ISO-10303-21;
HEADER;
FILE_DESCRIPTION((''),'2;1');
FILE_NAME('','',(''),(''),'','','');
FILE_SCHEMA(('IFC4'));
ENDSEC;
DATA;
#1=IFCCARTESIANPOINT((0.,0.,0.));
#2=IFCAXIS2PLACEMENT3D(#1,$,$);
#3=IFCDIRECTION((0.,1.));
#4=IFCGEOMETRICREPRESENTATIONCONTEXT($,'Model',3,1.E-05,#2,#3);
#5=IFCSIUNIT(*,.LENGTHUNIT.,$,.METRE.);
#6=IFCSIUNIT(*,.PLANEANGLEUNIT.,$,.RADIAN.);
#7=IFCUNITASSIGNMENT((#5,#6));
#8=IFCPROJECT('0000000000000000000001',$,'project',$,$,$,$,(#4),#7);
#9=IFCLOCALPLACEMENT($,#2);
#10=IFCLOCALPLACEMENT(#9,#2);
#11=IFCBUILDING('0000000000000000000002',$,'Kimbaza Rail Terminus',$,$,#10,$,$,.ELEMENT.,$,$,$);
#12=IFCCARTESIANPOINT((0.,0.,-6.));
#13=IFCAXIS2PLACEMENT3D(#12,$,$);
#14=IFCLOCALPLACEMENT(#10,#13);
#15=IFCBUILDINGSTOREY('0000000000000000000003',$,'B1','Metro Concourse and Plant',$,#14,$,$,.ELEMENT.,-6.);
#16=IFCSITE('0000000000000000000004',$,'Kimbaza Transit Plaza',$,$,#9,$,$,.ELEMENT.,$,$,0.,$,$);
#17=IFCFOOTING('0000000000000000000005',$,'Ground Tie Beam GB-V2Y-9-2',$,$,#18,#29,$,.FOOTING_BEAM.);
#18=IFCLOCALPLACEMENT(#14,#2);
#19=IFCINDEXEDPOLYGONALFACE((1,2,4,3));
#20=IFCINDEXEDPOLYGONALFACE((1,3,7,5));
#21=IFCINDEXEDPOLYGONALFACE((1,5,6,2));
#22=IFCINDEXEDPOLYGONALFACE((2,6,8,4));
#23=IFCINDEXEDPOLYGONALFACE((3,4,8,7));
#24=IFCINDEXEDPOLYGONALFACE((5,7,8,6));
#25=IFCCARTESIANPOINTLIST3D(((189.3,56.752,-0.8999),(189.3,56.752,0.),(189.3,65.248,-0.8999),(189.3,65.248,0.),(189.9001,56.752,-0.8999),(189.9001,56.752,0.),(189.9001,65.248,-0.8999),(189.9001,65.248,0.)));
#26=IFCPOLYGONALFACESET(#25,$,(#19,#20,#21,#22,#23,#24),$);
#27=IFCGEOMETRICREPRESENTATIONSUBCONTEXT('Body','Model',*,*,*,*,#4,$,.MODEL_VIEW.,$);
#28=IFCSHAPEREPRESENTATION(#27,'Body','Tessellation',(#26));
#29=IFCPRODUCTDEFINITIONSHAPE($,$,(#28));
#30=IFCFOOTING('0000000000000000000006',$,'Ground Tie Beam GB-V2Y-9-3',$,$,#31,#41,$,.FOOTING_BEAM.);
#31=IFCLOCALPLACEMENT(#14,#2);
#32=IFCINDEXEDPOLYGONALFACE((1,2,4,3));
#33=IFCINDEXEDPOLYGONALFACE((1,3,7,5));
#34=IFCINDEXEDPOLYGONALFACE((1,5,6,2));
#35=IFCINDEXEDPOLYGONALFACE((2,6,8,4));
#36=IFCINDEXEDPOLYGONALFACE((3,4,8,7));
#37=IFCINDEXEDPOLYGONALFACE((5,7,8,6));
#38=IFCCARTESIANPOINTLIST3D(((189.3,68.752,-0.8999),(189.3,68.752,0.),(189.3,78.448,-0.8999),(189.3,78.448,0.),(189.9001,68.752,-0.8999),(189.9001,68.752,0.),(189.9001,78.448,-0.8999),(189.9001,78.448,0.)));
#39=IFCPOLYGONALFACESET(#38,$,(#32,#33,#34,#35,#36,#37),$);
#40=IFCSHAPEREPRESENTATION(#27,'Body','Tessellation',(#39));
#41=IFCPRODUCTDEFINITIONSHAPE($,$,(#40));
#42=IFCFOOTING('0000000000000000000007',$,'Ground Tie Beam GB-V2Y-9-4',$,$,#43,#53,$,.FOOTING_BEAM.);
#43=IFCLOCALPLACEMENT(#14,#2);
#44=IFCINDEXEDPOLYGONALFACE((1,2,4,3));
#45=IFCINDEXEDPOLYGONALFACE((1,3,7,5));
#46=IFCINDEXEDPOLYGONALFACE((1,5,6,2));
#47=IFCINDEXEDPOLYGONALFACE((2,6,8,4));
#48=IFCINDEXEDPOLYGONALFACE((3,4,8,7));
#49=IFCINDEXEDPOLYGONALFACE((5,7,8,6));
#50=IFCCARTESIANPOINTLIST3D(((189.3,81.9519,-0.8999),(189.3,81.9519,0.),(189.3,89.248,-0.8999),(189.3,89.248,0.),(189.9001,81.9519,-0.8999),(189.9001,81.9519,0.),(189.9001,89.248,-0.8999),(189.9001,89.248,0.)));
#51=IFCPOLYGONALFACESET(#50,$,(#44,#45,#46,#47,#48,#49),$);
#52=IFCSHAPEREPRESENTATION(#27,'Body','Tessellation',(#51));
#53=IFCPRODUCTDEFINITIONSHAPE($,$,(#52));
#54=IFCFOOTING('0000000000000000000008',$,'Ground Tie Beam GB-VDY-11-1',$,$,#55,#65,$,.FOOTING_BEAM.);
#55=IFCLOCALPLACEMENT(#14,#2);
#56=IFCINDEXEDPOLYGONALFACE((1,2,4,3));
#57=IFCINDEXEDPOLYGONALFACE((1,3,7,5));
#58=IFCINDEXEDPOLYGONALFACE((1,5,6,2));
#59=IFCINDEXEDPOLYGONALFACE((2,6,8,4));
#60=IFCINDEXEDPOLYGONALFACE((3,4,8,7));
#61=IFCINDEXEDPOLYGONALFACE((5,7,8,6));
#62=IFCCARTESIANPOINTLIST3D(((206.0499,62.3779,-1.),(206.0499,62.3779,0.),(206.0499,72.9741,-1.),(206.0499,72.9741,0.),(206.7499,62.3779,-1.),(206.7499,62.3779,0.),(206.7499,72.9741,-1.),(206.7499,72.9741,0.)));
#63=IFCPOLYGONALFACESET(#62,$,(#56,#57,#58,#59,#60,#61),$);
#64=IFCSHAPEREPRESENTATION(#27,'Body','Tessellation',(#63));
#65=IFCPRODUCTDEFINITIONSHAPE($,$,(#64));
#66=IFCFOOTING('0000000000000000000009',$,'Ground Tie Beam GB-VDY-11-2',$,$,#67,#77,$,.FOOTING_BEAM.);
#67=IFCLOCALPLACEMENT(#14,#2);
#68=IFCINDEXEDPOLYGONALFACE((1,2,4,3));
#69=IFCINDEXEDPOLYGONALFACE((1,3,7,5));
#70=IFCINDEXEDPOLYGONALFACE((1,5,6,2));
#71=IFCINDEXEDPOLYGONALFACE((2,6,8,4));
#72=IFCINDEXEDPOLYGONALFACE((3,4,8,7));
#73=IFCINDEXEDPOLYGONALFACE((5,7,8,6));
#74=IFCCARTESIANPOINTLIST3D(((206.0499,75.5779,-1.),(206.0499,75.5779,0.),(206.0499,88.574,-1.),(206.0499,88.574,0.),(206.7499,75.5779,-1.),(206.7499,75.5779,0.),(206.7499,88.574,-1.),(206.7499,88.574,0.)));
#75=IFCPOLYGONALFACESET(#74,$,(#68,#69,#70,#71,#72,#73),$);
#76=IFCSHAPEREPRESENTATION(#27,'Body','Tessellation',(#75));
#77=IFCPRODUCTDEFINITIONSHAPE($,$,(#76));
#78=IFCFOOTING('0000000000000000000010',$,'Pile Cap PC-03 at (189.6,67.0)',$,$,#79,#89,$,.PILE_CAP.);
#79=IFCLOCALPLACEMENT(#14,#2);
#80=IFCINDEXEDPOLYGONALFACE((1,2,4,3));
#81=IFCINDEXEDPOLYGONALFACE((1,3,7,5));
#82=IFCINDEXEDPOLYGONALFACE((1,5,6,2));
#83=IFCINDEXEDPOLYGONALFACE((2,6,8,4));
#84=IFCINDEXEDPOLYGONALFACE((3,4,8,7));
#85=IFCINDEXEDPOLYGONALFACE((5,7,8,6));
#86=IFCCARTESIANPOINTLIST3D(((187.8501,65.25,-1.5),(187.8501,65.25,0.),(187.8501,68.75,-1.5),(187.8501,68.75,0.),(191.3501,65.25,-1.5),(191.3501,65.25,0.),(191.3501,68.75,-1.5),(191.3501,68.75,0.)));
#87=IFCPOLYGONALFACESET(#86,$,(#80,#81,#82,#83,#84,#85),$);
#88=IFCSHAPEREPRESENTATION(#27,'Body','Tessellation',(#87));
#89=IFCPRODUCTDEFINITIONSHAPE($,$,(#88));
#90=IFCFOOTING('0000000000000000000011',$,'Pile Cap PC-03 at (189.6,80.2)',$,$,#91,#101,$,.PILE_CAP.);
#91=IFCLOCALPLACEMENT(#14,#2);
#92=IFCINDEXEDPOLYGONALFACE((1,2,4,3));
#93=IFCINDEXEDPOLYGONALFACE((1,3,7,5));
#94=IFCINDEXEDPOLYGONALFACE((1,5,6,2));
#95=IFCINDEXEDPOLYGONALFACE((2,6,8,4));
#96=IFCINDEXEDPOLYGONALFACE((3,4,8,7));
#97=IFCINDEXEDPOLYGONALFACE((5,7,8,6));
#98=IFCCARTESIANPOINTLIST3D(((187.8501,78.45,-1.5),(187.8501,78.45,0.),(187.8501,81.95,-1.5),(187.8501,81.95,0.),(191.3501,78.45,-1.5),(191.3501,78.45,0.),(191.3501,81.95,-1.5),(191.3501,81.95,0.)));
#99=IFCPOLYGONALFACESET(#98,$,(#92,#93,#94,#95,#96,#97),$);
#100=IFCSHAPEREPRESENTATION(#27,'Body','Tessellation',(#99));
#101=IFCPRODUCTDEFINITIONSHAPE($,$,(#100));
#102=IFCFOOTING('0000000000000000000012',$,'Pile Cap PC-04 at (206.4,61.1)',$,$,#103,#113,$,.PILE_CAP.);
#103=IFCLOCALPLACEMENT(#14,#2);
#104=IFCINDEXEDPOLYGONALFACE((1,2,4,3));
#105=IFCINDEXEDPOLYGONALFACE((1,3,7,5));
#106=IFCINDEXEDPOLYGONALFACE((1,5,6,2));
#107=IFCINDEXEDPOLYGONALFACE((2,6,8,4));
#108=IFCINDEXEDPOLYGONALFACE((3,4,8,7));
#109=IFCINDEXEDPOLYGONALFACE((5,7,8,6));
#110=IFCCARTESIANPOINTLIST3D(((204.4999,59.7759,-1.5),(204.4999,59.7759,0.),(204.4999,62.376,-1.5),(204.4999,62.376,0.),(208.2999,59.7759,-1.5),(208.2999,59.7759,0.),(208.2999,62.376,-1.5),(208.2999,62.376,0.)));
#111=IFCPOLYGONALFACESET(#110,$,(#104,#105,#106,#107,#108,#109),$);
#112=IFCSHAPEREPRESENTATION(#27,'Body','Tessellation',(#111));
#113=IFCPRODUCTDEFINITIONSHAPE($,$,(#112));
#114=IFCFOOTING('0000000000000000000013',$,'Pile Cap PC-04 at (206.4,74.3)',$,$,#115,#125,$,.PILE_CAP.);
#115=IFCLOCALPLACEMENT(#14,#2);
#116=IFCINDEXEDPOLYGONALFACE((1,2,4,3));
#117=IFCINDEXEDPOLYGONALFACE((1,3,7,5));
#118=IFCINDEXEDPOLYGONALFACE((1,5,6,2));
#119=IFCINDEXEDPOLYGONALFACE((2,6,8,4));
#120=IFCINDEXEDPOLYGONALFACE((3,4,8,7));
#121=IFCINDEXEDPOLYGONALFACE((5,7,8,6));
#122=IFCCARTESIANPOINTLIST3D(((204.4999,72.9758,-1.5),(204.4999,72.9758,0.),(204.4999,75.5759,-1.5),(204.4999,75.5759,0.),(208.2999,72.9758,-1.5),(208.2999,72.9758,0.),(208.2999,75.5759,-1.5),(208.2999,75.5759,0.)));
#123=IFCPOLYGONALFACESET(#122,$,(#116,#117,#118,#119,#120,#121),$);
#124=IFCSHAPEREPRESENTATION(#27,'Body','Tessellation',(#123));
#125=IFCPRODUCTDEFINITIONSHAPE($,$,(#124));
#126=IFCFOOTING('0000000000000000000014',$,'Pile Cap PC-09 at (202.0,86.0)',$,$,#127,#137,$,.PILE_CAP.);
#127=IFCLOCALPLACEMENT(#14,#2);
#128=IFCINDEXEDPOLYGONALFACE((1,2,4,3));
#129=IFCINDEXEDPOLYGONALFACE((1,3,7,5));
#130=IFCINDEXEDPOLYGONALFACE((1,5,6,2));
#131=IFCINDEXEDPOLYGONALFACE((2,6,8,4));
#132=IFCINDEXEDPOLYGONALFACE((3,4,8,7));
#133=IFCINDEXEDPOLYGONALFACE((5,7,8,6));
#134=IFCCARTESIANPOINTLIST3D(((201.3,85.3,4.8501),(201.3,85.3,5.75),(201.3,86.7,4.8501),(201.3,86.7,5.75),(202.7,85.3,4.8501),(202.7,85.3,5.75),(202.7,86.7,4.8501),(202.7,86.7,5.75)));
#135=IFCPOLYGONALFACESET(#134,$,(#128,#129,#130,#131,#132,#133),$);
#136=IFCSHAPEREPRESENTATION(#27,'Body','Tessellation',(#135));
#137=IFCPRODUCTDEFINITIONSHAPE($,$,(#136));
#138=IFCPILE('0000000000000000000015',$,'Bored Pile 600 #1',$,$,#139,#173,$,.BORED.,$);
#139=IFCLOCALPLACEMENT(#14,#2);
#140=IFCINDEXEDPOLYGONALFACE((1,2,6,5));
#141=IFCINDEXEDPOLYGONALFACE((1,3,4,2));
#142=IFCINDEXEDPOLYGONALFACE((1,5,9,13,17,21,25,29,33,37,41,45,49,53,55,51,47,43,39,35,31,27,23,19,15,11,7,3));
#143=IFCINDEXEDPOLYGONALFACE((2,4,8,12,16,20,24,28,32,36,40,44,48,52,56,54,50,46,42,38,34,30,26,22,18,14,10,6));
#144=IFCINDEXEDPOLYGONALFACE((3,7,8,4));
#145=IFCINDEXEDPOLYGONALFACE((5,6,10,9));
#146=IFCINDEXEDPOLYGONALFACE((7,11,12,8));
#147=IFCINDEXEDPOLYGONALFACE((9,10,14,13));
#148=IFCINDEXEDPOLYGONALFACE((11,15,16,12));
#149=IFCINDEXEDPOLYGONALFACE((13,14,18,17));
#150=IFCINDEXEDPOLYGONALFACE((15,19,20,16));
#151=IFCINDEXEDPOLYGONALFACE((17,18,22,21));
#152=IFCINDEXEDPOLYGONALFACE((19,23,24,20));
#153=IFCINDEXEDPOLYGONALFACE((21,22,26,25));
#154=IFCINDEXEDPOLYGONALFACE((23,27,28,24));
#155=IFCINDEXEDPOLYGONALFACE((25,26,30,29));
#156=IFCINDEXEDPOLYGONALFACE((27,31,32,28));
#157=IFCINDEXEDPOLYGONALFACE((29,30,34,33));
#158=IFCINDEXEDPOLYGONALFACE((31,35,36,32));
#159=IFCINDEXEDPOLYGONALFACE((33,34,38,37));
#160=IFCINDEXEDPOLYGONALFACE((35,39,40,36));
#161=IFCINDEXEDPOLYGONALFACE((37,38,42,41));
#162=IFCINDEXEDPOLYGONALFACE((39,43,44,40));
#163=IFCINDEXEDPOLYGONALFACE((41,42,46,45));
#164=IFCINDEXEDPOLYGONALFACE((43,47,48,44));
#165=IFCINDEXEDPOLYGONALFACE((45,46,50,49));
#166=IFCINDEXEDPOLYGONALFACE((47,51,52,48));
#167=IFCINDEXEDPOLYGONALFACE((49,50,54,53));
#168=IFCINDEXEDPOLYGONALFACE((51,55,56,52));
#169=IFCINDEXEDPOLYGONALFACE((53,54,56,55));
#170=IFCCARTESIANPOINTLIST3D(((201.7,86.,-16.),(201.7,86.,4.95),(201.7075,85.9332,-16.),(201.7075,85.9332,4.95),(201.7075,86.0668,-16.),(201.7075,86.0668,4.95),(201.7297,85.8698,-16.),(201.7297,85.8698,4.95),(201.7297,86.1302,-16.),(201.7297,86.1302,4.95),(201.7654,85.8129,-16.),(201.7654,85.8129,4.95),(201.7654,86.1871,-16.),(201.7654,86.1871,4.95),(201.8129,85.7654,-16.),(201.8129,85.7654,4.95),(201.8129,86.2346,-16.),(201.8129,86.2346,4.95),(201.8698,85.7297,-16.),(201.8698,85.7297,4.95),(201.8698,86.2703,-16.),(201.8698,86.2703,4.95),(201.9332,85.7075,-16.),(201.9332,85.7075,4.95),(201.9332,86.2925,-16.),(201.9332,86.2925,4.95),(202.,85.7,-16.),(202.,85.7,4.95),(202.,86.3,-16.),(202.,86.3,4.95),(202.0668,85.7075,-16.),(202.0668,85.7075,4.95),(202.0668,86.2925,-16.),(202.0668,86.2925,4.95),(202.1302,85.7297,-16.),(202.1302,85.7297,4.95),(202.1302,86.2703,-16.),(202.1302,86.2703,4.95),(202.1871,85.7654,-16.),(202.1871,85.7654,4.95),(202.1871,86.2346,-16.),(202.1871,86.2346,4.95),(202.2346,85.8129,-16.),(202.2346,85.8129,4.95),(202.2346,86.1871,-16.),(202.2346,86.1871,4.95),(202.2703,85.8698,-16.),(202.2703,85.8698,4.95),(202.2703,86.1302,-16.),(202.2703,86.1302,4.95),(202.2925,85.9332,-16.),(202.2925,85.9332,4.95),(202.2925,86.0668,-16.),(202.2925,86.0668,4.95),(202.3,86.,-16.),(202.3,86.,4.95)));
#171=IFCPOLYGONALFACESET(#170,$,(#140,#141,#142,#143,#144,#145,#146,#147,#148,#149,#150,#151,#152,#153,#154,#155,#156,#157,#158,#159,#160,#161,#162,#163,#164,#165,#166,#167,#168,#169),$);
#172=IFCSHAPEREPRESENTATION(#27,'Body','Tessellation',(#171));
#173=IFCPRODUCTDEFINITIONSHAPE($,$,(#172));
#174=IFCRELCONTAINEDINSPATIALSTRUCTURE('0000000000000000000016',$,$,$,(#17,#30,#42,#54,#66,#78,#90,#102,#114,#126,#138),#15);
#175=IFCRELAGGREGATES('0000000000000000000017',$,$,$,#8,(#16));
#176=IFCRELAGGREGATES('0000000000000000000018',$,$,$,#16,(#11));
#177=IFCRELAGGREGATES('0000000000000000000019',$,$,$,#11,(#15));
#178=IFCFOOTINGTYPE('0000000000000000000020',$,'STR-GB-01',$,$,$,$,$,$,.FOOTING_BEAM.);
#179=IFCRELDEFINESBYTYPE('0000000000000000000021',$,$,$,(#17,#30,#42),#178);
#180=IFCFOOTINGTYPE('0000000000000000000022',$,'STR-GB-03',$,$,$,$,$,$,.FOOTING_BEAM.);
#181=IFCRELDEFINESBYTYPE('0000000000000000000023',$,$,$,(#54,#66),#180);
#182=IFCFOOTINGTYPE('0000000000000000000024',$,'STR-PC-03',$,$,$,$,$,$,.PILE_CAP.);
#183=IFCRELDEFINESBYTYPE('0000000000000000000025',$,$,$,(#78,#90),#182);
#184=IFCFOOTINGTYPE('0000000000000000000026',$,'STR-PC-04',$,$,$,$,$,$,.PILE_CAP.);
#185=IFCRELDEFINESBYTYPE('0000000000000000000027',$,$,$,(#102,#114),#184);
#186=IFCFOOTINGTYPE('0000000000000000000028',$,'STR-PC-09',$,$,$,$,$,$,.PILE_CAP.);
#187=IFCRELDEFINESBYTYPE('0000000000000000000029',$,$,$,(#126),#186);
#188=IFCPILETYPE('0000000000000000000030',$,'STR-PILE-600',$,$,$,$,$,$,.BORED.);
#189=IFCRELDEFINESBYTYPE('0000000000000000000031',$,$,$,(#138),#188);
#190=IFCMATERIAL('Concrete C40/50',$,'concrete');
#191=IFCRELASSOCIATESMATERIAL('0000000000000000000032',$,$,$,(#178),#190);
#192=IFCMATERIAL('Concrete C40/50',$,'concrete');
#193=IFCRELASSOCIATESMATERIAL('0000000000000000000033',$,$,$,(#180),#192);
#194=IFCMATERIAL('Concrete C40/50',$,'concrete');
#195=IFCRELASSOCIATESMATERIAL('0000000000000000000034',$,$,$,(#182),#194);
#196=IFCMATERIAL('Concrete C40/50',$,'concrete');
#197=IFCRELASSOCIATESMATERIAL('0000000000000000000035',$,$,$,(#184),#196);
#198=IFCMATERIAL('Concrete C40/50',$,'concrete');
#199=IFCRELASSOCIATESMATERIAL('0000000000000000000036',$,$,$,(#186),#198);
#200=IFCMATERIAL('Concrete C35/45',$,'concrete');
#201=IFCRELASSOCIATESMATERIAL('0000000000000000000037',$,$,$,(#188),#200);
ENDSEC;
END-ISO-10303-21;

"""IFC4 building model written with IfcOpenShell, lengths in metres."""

from ifc_helpers import new_model, si_unit, direction, frame, origin, origin_2d, place, context, subcontext, project, spatial, rectangle, circle, extrude, material, material_profile, profile_set, type_object, element, save


model = new_model("IFC4")

# Units and contexts
model_context = context("Model", 3, precision=1e-05, world=origin(), true_north=direction((0.0, 1.0)))
body_context = subcontext(model_context, "Body", "Model", "MODEL_VIEW")
ifc_project = project(units=[si_unit("LENGTHUNIT", "METRE"), si_unit("PLANEANGLEUNIT", "RADIAN")], contexts=[model_context])

# Site, building, storey
site_placement = place(None, origin())
site = spatial("IfcSite", under=ifc_project, at=site_placement, Name="Kimbaza Transit Plaza", CompositionType="ELEMENT", RefElevation=0.0)
building_placement = place(site_placement, origin())
building = spatial("IfcBuilding", under=site, at=building_placement, Name="Kimbaza Rail Terminus", CompositionType="ELEMENT")
storey_placement = place(building_placement, frame((0.0, 0.0, -6.0)))
storey = spatial("IfcBuildingStorey", under=building, at=storey_placement, Name="B1", Description="Metro Concourse and Plant", CompositionType="ELEMENT", Elevation=-6.0)

# Footings
ifc_material_1 = material(Name="Concrete C40/50", Category="concrete")
ifc_material_profile_1 = material_profile(ifc_material_1, rectangle(XDim=0.6001, YDim=0.8999, at=origin_2d()), Name="GB-01 600x900")
ifc_profile_set_1 = profile_set([ifc_material_profile_1], Name="Concrete C40/50")
footing_type_1 = type_object("IfcFootingType", Name="STR-GB-01", PredefinedType="FOOTING_BEAM", material=ifc_profile_set_1)
footing_1_placement = place(storey_placement, frame((189.6001, 56.752, -0.45), z_axis=(0.0, 1.0, 0.0), x_axis=(-1.0, 0.0, 0.0)))
element("IfcFooting", 1, at=footing_1_placement, inside=storey, type_object=footing_type_1, Name="Ground Tie Beam GB-V2Y-9-2", PredefinedType="FOOTING_BEAM", context=body_context, shape_type="SweptSolid", body=[
    extrude(rectangle(XDim=0.6001, YDim=0.8999, at=origin_2d()), origin(), (0.0, 0.0, 1.0), 8.4961),
])
footing_2_placement = place(storey_placement, frame((189.6001, 68.752, -0.45), z_axis=(0.0, 1.0, 0.0), x_axis=(-1.0, 0.0, 0.0)))
element("IfcFooting", 2, at=footing_2_placement, inside=storey, type_object=footing_type_1, Name="Ground Tie Beam GB-V2Y-9-3", PredefinedType="FOOTING_BEAM", context=body_context, shape_type="SweptSolid", body=[
    extrude(rectangle(XDim=0.6001, YDim=0.8999, at=origin_2d()), origin(), (0.0, 0.0, 1.0), 9.696),
])
footing_3_placement = place(storey_placement, frame((189.6001, 81.9519, -0.45), z_axis=(0.0, 1.0, 0.0), x_axis=(-1.0, 0.0, 0.0)))
element("IfcFooting", 3, at=footing_3_placement, inside=storey, type_object=footing_type_1, Name="Ground Tie Beam GB-V2Y-9-4", PredefinedType="FOOTING_BEAM", context=body_context, shape_type="SweptSolid", body=[
    extrude(rectangle(XDim=0.6001, YDim=0.8999, at=origin_2d()), origin(), (0.0, 0.0, 1.0), 7.2961),
])
ifc_material_2 = material(Name="Concrete C40/50", Category="concrete")
ifc_material_profile_2 = material_profile(ifc_material_2, rectangle(XDim=0.7, YDim=1.0, at=origin_2d()), Name="GB-03 700x1000")
ifc_profile_set_2 = profile_set([ifc_material_profile_2], Name="Concrete C40/50")
footing_type_2 = type_object("IfcFootingType", Name="STR-GB-03", PredefinedType="FOOTING_BEAM", material=ifc_profile_set_2)
footing_4_placement = place(storey_placement, frame((206.3999, 62.3779, -0.5), z_axis=(0.0, 1.0, 0.0), x_axis=(-1.0, 0.0, 0.0)))
element("IfcFooting", 4, at=footing_4_placement, inside=storey, type_object=footing_type_2, Name="Ground Tie Beam GB-VDY-11-1", PredefinedType="FOOTING_BEAM", context=body_context, shape_type="SweptSolid", body=[
    extrude(rectangle(XDim=0.7, YDim=1.0, at=origin_2d()), origin(), (0.0, 0.0, 1.0), 10.5962),
])
footing_5_placement = place(storey_placement, frame((206.3999, 75.5779, -0.5), z_axis=(0.0, 1.0, 0.0), x_axis=(-1.0, 0.0, 0.0)))
element("IfcFooting", 5, at=footing_5_placement, inside=storey, type_object=footing_type_2, Name="Ground Tie Beam GB-VDY-11-2", PredefinedType="FOOTING_BEAM", context=body_context, shape_type="SweptSolid", body=[
    extrude(rectangle(XDim=0.7, YDim=1.0, at=origin_2d()), origin(), (0.0, 0.0, 1.0), 12.9961),
])
ifc_material_3 = material(Name="Concrete C40/50", Category="concrete")
footing_type_3 = type_object("IfcFootingType", Name="STR-PC-03", PredefinedType="PILE_CAP", material=ifc_material_3)
for number, where, z_axis, x_axis, name in (
    (6, (189.6001, 67.0, -1.5), (0.0, 0.0, 1.0), (1.0, 0.0, 0.0), "Pile Cap PC-03 at (189.6,67.0)"),
    (7, (189.6001, 80.2, -1.5), (0.0, 0.0, 1.0), (1.0, 0.0, 0.0), "Pile Cap PC-03 at (189.6,80.2)"),
):
    element("IfcFooting", number, at=place(storey_placement, frame(where, z_axis=z_axis, x_axis=x_axis)), inside=storey, type_object=footing_type_3, Name=name, PredefinedType="PILE_CAP", context=body_context, shape_type="SweptSolid", body=[
        extrude(rectangle(XDim=3.5, YDim=3.5, at=origin_2d()), origin(), (0.0, 0.0, 1.0), 1.5),
    ])
ifc_material_4 = material(Name="Concrete C40/50", Category="concrete")
footing_type_4 = type_object("IfcFootingType", Name="STR-PC-04", PredefinedType="PILE_CAP", material=ifc_material_4)
for number, where, z_axis, x_axis, name in (
    (8, (206.3999, 61.0759, -1.5), (0.0, 0.0, 1.0), (1.0, 0.0, 0.0), "Pile Cap PC-04 at (206.4,61.1)"),
    (9, (206.3999, 74.2759, -1.5), (0.0, 0.0, 1.0), (1.0, 0.0, 0.0), "Pile Cap PC-04 at (206.4,74.3)"),
):
    element("IfcFooting", number, at=place(storey_placement, frame(where, z_axis=z_axis, x_axis=x_axis)), inside=storey, type_object=footing_type_4, Name=name, PredefinedType="PILE_CAP", context=body_context, shape_type="SweptSolid", body=[
        extrude(rectangle(XDim=3.8, YDim=2.6001, at=origin_2d()), origin(), (0.0, 0.0, 1.0), 1.5),
    ])
ifc_material_5 = material(Name="Concrete C40/50", Category="concrete")
footing_type_5 = type_object("IfcFootingType", Name="STR-PC-09", PredefinedType="PILE_CAP", material=ifc_material_5)
footing_6_placement = place(storey_placement, frame((202.0, 86.0, 4.8501), z_axis=(0.0, 0.0, 1.0), x_axis=(1.0, 0.0, 0.0)))
element("IfcFooting", 10, at=footing_6_placement, inside=storey, type_object=footing_type_5, Name="Pile Cap PC-09 at (202.0,86.0)", PredefinedType="PILE_CAP", context=body_context, shape_type="SweptSolid", body=[
    extrude(rectangle(XDim=1.3999, YDim=1.3999, at=origin_2d()), origin(), (0.0, 0.0, 1.0), 0.8999),
])

# Pile
ifc_material_6 = material(Name="Concrete C35/45", Category="concrete")
ifc_material_profile_3 = material_profile(ifc_material_6, circle(Radius=0.3, at=origin_2d()), Name="BORED PILE 600")
ifc_profile_set_3 = profile_set([ifc_material_profile_3], Name="Concrete C35/45")
pile_type_1 = type_object("IfcPileType", Name="STR-PILE-600", PredefinedType="BORED", material=ifc_profile_set_3)
pile_placement = place(storey_placement, frame((202.0, 86.0, 4.95), z_axis=(0.0, 0.0, -1.0), x_axis=(1.0, 0.0, 0.0)))
element("IfcPile", 11, at=pile_placement, inside=storey, type_object=pile_type_1, Name="Bored Pile 600 #1", PredefinedType="BORED", context=body_context, shape_type="SweptSolid", body=[
    extrude(circle(Radius=0.3, at=origin_2d()), origin(), (0.0, 0.0, 1.0), 20.95),
])

save(model, "model.ifc")
